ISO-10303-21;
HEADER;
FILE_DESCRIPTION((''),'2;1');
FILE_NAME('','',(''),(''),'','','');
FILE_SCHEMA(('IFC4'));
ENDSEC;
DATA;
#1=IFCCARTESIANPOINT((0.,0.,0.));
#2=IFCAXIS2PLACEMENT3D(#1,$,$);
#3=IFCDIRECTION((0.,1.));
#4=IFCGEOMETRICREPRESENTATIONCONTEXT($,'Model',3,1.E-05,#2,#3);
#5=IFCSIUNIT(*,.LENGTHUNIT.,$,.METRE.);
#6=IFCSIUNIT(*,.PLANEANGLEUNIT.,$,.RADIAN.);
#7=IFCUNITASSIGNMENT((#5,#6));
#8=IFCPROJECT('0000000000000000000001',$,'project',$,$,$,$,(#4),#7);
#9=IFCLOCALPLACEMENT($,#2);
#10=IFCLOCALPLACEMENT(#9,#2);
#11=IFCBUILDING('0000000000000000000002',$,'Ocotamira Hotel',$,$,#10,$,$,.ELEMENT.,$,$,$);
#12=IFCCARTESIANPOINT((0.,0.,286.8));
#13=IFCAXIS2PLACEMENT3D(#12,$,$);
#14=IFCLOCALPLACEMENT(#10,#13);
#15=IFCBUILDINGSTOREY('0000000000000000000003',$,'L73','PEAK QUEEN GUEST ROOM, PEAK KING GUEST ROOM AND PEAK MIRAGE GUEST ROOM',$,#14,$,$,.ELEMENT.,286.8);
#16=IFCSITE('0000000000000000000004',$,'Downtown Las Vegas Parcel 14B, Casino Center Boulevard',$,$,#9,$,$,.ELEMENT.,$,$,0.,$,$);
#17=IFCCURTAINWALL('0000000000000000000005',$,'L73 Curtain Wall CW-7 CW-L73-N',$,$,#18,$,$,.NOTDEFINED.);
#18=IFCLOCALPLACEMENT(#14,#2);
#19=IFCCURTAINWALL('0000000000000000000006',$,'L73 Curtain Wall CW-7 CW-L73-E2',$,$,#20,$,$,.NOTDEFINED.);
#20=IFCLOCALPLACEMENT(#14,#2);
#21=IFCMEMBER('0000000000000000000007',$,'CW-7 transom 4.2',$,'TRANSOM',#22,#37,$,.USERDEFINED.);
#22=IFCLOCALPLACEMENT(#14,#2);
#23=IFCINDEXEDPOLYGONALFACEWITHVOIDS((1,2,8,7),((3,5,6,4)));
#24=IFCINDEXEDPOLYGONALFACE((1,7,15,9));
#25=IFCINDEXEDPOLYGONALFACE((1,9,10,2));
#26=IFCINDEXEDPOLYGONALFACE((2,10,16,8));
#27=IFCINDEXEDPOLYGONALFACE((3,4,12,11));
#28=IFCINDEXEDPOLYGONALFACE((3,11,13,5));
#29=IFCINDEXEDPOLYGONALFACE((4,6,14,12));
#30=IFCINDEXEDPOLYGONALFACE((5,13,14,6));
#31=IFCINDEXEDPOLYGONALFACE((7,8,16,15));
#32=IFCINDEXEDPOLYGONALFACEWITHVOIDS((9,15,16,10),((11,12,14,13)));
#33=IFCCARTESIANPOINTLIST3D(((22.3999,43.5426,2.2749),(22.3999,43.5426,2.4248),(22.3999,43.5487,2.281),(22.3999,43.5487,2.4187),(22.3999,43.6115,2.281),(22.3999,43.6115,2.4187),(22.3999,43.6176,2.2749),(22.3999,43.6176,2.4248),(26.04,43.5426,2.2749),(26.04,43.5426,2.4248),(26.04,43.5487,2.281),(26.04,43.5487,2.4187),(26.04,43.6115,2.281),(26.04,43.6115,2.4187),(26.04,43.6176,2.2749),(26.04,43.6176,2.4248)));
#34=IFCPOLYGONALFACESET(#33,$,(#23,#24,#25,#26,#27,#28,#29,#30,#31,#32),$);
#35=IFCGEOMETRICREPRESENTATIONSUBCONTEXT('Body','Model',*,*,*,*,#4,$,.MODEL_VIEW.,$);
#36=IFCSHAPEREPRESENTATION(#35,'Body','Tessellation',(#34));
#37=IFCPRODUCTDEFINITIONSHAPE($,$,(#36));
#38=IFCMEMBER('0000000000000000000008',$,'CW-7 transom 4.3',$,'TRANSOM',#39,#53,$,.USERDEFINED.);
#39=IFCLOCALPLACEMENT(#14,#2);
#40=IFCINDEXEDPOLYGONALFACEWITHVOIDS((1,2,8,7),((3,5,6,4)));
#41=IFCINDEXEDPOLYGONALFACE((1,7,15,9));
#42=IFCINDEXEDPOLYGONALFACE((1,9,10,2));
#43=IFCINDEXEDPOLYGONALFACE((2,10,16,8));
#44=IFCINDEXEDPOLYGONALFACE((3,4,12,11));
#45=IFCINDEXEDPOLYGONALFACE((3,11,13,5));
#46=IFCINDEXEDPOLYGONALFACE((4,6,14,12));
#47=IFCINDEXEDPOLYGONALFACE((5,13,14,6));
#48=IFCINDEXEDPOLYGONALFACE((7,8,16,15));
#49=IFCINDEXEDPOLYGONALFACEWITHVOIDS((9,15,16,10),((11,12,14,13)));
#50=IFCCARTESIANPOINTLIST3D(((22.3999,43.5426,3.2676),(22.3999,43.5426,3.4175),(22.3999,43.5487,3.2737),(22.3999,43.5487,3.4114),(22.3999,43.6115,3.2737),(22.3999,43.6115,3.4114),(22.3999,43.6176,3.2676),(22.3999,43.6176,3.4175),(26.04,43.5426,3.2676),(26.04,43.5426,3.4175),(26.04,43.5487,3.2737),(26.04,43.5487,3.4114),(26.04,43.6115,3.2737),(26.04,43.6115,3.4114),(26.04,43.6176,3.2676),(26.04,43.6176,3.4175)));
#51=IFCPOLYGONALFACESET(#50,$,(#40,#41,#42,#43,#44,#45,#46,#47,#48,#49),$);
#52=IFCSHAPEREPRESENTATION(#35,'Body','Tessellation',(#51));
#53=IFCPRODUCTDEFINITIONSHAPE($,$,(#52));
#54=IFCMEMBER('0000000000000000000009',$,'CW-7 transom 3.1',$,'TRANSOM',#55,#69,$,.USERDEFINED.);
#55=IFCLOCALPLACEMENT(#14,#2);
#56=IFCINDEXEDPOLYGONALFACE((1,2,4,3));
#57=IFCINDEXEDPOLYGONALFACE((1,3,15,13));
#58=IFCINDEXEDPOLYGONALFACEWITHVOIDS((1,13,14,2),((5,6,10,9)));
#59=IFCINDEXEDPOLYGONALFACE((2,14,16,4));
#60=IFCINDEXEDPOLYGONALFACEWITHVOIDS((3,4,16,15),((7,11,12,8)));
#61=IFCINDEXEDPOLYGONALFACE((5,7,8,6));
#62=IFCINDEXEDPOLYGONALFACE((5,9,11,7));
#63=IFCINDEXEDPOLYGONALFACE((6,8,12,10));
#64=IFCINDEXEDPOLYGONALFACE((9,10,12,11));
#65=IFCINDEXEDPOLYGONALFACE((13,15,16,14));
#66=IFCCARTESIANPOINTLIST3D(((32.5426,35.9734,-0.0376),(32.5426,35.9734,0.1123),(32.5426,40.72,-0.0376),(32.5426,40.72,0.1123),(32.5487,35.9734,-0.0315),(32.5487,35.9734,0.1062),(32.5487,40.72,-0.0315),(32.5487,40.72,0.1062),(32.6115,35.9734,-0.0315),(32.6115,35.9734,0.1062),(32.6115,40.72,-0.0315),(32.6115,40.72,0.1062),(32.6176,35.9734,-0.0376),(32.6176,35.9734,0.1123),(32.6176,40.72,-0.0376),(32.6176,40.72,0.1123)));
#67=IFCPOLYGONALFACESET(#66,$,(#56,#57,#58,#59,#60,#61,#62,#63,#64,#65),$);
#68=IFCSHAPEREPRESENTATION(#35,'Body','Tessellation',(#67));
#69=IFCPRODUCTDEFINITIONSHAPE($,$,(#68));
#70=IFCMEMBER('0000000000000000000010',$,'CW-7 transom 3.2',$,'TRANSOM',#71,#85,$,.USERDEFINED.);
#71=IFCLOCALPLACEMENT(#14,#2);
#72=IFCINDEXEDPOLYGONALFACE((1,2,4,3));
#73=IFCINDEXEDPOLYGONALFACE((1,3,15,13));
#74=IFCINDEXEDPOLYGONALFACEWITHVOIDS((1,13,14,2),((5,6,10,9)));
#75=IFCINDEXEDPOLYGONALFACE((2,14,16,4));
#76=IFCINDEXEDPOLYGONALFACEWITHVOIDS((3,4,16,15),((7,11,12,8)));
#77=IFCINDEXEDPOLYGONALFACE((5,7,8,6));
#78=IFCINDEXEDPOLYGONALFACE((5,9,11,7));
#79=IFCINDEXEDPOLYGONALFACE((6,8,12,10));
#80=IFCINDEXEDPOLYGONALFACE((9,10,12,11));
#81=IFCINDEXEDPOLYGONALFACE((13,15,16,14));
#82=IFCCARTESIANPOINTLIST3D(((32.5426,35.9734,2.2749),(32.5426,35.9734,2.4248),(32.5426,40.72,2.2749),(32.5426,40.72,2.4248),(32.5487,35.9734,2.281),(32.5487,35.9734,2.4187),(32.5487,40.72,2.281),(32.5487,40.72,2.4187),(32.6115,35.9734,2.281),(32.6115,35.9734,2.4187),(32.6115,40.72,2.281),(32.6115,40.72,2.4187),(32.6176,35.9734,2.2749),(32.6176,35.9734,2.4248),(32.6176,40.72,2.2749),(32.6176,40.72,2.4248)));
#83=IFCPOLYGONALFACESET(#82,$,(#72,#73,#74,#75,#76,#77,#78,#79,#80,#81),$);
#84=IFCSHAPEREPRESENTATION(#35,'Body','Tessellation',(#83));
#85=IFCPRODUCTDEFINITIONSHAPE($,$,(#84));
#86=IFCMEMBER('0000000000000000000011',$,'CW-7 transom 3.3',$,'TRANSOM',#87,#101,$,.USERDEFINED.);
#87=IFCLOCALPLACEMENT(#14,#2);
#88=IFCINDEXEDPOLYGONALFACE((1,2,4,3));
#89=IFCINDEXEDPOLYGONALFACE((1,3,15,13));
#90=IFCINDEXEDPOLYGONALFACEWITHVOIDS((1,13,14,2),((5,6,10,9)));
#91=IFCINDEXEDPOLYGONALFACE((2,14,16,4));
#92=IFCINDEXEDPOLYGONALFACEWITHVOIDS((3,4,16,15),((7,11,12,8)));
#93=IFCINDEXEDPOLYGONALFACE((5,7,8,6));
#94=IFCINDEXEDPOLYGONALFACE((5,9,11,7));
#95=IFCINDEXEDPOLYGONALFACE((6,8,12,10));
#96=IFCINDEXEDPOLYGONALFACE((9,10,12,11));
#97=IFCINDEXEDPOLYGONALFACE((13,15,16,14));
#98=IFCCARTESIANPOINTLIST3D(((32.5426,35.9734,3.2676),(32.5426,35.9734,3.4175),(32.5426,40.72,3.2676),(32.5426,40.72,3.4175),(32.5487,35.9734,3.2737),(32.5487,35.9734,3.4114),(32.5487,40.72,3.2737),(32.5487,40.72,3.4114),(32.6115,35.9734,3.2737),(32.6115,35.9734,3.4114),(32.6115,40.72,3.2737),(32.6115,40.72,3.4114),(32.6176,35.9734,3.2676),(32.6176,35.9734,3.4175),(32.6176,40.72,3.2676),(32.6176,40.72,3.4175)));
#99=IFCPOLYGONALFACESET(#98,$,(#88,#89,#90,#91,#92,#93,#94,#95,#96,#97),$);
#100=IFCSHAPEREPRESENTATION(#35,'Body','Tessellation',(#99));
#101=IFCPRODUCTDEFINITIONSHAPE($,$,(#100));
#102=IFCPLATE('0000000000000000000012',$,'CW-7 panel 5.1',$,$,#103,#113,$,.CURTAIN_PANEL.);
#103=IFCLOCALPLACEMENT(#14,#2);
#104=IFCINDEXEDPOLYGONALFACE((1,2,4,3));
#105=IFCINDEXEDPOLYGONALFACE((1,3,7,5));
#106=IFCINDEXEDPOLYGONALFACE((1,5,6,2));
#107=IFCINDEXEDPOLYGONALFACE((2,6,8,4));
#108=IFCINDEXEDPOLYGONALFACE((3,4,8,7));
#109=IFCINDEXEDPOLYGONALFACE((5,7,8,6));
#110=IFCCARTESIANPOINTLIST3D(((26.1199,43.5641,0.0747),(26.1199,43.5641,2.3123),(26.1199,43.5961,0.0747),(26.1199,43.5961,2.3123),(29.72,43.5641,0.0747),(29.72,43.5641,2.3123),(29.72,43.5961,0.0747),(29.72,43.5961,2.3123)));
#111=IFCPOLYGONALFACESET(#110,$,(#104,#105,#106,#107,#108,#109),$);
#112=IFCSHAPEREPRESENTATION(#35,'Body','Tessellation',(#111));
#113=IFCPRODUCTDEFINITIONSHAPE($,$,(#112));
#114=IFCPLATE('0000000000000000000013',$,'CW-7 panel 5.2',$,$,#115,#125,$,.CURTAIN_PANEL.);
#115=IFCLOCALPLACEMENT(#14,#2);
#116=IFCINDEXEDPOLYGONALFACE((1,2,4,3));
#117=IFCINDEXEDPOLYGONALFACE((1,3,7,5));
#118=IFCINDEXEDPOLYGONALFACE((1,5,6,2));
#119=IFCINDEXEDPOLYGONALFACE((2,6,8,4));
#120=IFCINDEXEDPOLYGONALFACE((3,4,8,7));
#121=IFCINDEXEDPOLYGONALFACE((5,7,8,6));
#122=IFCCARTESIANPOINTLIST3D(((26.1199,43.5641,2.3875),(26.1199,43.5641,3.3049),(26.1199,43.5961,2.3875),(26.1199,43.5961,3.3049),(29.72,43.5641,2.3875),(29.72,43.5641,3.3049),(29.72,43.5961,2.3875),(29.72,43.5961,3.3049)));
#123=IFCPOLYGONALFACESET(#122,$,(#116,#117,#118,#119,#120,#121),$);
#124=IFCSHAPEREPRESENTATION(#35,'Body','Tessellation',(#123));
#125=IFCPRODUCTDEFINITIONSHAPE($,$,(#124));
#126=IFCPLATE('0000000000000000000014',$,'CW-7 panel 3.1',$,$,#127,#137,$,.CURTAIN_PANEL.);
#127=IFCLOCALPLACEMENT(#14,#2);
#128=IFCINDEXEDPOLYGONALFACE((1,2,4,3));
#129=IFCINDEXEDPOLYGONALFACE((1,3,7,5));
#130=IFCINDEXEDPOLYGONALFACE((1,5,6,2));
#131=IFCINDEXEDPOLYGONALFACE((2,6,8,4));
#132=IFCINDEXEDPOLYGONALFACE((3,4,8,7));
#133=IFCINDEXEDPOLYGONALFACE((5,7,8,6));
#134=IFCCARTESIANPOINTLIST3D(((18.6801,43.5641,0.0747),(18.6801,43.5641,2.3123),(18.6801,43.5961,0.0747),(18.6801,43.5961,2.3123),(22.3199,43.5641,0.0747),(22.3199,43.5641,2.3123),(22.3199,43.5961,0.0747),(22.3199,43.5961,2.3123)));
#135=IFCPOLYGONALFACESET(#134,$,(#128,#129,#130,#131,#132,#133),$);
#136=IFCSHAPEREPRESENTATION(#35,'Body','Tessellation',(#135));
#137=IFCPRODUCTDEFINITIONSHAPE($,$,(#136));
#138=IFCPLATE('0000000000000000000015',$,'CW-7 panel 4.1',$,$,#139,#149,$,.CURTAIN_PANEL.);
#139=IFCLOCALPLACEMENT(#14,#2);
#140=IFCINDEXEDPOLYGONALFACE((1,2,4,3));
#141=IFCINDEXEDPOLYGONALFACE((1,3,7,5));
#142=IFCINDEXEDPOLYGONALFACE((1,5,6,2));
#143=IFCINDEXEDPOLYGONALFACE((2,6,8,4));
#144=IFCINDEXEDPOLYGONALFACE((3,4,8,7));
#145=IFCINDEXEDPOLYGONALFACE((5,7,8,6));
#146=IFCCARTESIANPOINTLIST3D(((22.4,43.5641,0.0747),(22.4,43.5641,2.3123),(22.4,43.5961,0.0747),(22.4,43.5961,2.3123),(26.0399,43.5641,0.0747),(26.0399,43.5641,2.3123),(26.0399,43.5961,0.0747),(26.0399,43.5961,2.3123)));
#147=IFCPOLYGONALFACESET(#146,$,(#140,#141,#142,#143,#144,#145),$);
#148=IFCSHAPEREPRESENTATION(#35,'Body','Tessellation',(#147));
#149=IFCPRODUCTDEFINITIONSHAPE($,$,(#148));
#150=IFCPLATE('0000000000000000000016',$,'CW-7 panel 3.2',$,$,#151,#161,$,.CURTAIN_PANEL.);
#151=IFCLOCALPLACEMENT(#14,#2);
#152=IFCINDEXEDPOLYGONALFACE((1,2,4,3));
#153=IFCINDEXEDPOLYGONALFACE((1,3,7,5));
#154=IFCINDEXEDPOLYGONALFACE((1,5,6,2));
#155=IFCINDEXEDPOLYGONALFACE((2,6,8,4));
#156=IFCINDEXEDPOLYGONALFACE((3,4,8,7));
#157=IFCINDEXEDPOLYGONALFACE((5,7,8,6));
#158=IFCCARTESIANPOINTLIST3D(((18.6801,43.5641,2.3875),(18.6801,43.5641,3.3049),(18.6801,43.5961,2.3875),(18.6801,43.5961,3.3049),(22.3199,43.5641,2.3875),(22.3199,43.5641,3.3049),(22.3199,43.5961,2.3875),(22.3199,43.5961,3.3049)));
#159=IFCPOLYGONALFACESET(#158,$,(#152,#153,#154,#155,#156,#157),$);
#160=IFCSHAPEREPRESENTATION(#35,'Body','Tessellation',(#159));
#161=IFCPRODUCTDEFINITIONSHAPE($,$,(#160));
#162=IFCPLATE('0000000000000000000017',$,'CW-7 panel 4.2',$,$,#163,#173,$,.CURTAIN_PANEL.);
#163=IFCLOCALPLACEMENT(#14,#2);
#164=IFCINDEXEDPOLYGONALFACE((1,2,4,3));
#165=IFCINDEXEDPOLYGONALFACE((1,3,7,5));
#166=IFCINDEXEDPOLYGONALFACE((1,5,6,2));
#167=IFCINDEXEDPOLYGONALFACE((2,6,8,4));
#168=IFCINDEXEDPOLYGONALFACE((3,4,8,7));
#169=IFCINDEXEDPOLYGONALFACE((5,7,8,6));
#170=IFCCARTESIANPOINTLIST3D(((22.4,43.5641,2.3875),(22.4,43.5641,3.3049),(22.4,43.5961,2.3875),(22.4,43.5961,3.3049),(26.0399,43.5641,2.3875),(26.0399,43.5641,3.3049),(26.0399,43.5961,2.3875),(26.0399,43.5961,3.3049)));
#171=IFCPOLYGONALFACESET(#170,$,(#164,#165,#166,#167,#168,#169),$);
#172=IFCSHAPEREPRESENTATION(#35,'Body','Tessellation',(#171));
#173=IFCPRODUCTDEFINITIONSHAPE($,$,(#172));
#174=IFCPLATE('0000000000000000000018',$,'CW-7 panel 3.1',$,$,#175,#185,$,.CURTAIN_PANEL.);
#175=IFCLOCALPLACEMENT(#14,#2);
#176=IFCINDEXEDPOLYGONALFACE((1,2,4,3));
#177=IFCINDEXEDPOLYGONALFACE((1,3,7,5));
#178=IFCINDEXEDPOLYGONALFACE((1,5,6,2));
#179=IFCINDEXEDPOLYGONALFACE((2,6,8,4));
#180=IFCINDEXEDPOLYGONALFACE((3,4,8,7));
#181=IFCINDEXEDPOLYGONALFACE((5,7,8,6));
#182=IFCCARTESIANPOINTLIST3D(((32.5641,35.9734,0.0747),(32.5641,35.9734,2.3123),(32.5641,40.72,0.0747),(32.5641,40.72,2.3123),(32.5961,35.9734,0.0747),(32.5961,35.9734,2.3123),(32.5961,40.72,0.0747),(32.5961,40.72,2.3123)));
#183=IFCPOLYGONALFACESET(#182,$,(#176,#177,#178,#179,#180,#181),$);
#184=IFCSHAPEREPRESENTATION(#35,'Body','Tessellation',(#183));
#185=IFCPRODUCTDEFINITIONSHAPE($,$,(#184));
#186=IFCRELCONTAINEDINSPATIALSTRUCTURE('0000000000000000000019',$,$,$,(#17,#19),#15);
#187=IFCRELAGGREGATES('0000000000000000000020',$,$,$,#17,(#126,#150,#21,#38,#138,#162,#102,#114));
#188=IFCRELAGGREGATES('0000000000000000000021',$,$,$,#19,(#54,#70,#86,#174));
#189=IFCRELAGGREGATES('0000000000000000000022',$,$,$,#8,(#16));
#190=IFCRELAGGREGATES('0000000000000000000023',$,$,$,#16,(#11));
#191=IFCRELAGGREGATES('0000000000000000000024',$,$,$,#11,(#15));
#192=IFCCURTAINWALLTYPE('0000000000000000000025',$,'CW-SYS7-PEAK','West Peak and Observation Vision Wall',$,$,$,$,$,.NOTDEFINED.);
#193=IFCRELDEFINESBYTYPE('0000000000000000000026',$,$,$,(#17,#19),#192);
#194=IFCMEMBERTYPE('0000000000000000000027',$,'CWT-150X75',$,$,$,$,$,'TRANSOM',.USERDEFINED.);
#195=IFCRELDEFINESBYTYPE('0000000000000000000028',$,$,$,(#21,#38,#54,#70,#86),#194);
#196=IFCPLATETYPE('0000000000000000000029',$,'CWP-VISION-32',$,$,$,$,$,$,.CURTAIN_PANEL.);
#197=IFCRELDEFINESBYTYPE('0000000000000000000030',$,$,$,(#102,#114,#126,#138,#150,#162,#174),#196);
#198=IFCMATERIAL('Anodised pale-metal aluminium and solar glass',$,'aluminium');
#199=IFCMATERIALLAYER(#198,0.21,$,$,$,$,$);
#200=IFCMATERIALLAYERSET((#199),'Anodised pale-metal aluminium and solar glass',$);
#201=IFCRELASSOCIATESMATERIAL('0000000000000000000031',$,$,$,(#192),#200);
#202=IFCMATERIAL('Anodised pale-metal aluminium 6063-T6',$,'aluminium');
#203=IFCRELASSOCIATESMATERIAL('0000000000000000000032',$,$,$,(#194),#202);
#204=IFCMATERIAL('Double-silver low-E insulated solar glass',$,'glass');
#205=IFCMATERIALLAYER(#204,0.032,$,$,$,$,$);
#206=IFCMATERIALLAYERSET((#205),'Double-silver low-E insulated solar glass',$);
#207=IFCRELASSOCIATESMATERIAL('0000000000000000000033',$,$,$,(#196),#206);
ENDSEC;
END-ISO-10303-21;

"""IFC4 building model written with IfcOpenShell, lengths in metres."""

from ifc_helpers import new_model, si_unit, direction, frame, origin, origin_2d, place, context, subcontext, project, spatial, rectangle, hollow_rectangle, extrude, source, transform, mapped, material, layer, layer_set, material_profile, profile_set, type_object, element, aggregate, save


model = new_model("IFC4")

# Units and contexts
model_context = context("Model", 3, precision=1e-05, world=origin(), true_north=direction((0.0, 1.0)))
body_context = subcontext(model_context, "Body", "Model", "MODEL_VIEW")
ifc_project = project(units=[si_unit("LENGTHUNIT", "METRE"), si_unit("PLANEANGLEUNIT", "RADIAN")], contexts=[model_context])

# Site, building, storey
site_placement = place(None, origin())
site = spatial("IfcSite", under=ifc_project, at=site_placement, Name="Downtown Las Vegas Parcel 14B, Casino Center Boulevard", CompositionType="ELEMENT", RefElevation=0.0)
building_placement = place(site_placement, origin())
building = spatial("IfcBuilding", under=site, at=building_placement, Name="Ocotamira Hotel", CompositionType="ELEMENT")
storey_placement = place(building_placement, frame((0.0, 0.0, 286.8)))
storey = spatial("IfcBuildingStorey", under=building, at=storey_placement, Name="L73", Description="PEAK QUEEN GUEST ROOM, PEAK KING GUEST ROOM AND PEAK MIRAGE GUEST ROOM", CompositionType="ELEMENT", Elevation=286.8)

# Curtain walls
ifc_material_1 = material(Name="Anodised pale-metal aluminium and solar glass", Category="aluminium")
ifc_layer_1 = layer(ifc_material_1, 0.21)
ifc_layer_set_1 = layer_set([ifc_layer_1], Name="Anodised pale-metal aluminium and solar glass")
curtain_wall_type = type_object("IfcCurtainWallType", Name="CW-SYS7-PEAK", Description="West Peak and Observation Vision Wall", PredefinedType="NOTDEFINED", material=ifc_layer_set_1)
curtain_wall_1_placement = place(storey_placement, origin())
curtain_wall_1 = element("IfcCurtainWall", 1, at=curtain_wall_1_placement, inside=storey, type_object=curtain_wall_type, Name="L73 Curtain Wall CW-7 CW-L73-N", PredefinedType="NOTDEFINED")
ifc_material_2 = material(Name="Anodised pale-metal aluminium 6063-T6", Category="aluminium")
curtain_wall_2_placement = place(storey_placement, origin())
curtain_wall_2 = element("IfcCurtainWall", 2, at=curtain_wall_2_placement, inside=storey, type_object=curtain_wall_type, Name="L73 Curtain Wall CW-7 CW-L73-E2", PredefinedType="NOTDEFINED")

# Members
ifc_material_profile_1 = material_profile(ifc_material_2, hollow_rectangle(XDim=0.075, YDim=0.1499, WallThickness=0.0061, at=origin_2d()), Name="HSS150X75X6")
ifc_profile_set_1 = profile_set([ifc_material_profile_1], Name="Anodised pale-metal aluminium 6063-T6")
member_type_1 = type_object("IfcMemberType", Name="CWT-150X75", ElementType="TRANSOM", PredefinedType="USERDEFINED", material=ifc_profile_set_1)
shared_shape_1 = source(origin(), body_context, "Body", "SweptSolid", [
    extrude(hollow_rectangle(XDim=0.075, YDim=0.1499, WallThickness=0.0061, at=origin_2d()), origin(), (0.0, 0.0, 1.0), 3.6401),
])
member_1_placement = place(storey_placement, frame((22.3999, 43.5801, 2.3499), z_axis=(1.0, 0.0, 0.0), x_axis=(0.0, 1.0, 0.0)))
member_1 = element("IfcMember", 3, at=member_1_placement, type_object=member_type_1, Name="CW-7 transom 4.2", ObjectType="TRANSOM", PredefinedType="USERDEFINED", context=body_context, shape_type="MappedRepresentation", body=[
    mapped(shared_shape_1, transform((0.0, 0.0, 0.0), scale=1.0)),
])
member_2_placement = place(storey_placement, frame((22.3999, 43.5801, 3.3425), z_axis=(1.0, 0.0, 0.0), x_axis=(0.0, 1.0, 0.0)))
member_2 = element("IfcMember", 4, at=member_2_placement, type_object=member_type_1, Name="CW-7 transom 4.3", ObjectType="TRANSOM", PredefinedType="USERDEFINED", context=body_context, shape_type="MappedRepresentation", body=[
    mapped(shared_shape_1, transform((0.0, 0.0, 0.0), scale=1.0)),
])
shared_shape_2 = source(origin(), body_context, "Body", "SweptSolid", [
    extrude(hollow_rectangle(XDim=0.075, YDim=0.1499, WallThickness=0.0061, at=origin_2d()), origin(), (0.0, 0.0, 1.0), 4.7466),
])
member_3_placement = place(storey_placement, frame((32.5801, 35.9734, 0.0374), z_axis=(0.0, 1.0, 0.0), x_axis=(-1.0, 0.0, 0.0)))
member_3 = element("IfcMember", 5, at=member_3_placement, type_object=member_type_1, Name="CW-7 transom 3.1", ObjectType="TRANSOM", PredefinedType="USERDEFINED", context=body_context, shape_type="MappedRepresentation", body=[
    mapped(shared_shape_2, transform((0.0, 0.0, 0.0), scale=1.0)),
])
member_4_placement = place(storey_placement, frame((32.5801, 35.9734, 2.3499), z_axis=(0.0, 1.0, 0.0), x_axis=(-1.0, 0.0, 0.0)))
member_4 = element("IfcMember", 6, at=member_4_placement, type_object=member_type_1, Name="CW-7 transom 3.2", ObjectType="TRANSOM", PredefinedType="USERDEFINED", context=body_context, shape_type="MappedRepresentation", body=[
    mapped(shared_shape_2, transform((0.0, 0.0, 0.0), scale=1.0)),
])
member_5_placement = place(storey_placement, frame((32.5801, 35.9734, 3.3425), z_axis=(0.0, 1.0, 0.0), x_axis=(-1.0, 0.0, 0.0)))
member_5 = element("IfcMember", 7, at=member_5_placement, type_object=member_type_1, Name="CW-7 transom 3.3", ObjectType="TRANSOM", PredefinedType="USERDEFINED", context=body_context, shape_type="MappedRepresentation", body=[
    mapped(shared_shape_2, transform((0.0, 0.0, 0.0), scale=1.0)),
])

# Plates
ifc_material_3 = material(Name="Double-silver low-E insulated solar glass", Category="glass")
ifc_layer_2 = layer(ifc_material_3, 0.032)
ifc_layer_set_2 = layer_set([ifc_layer_2], Name="Double-silver low-E insulated solar glass")
plate_type = type_object("IfcPlateType", Name="CWP-VISION-32", PredefinedType="CURTAIN_PANEL", material=ifc_layer_set_2)
shared_shape_3 = source(origin(), body_context, "Body", "SweptSolid", [
    extrude(rectangle(XDim=3.6001, YDim=0.032, at=origin_2d()), origin(), (0.0, 0.0, 1.0), 2.2375),
])
plate_1_placement = place(storey_placement, frame((27.9199, 43.5801, 0.0747), z_axis=(0.0, 0.0, 1.0), x_axis=(1.0, 0.0, 0.0)))
plate_1 = element("IfcPlate", 8, at=plate_1_placement, type_object=plate_type, Name="CW-7 panel 5.1", PredefinedType="CURTAIN_PANEL", context=body_context, shape_type="MappedRepresentation", body=[
    mapped(shared_shape_3, transform((0.0, 0.0, 0.0), scale=1.0)),
])
shared_shape_4 = source(origin(), body_context, "Body", "SweptSolid", [
    extrude(rectangle(XDim=3.6001, YDim=0.032, at=origin_2d()), origin(), (0.0, 0.0, 1.0), 0.9175),
])
plate_2_placement = place(storey_placement, frame((27.9199, 43.5801, 2.3875), z_axis=(0.0, 0.0, 1.0), x_axis=(1.0, 0.0, 0.0)))
plate_2 = element("IfcPlate", 9, at=plate_2_placement, type_object=plate_type, Name="CW-7 panel 5.2", PredefinedType="CURTAIN_PANEL", context=body_context, shape_type="MappedRepresentation", body=[
    mapped(shared_shape_4, transform((0.0, 0.0, 0.0), scale=1.0)),
])
shared_shape_5 = source(origin(), body_context, "Body", "SweptSolid", [
    extrude(rectangle(XDim=3.6399, YDim=0.032, at=origin_2d()), origin(), (0.0, 0.0, 1.0), 2.2375),
])
plate_3_placement = place(storey_placement, frame((20.5, 43.5801, 0.0747), z_axis=(0.0, 0.0, 1.0), x_axis=(1.0, 0.0, 0.0)))
plate_3 = element("IfcPlate", 10, at=plate_3_placement, type_object=plate_type, Name="CW-7 panel 3.1", PredefinedType="CURTAIN_PANEL", context=body_context, shape_type="MappedRepresentation", body=[
    mapped(shared_shape_5, transform((0.0, 0.0, 0.0), scale=1.0)),
])
plate_4_placement = place(storey_placement, frame((24.22, 43.5801, 0.0747), z_axis=(0.0, 0.0, 1.0), x_axis=(1.0, 0.0, 0.0)))
plate_4 = element("IfcPlate", 11, at=plate_4_placement, type_object=plate_type, Name="CW-7 panel 4.1", PredefinedType="CURTAIN_PANEL", context=body_context, shape_type="MappedRepresentation", body=[
    mapped(shared_shape_5, transform((0.0, 0.0, 0.0), scale=1.0)),
])
shared_shape_6 = source(origin(), body_context, "Body", "SweptSolid", [
    extrude(rectangle(XDim=3.6399, YDim=0.032, at=origin_2d()), origin(), (0.0, 0.0, 1.0), 0.9175),
])
plate_5_placement = place(storey_placement, frame((20.5, 43.5801, 2.3875), z_axis=(0.0, 0.0, 1.0), x_axis=(1.0, 0.0, 0.0)))
plate_5 = element("IfcPlate", 12, at=plate_5_placement, type_object=plate_type, Name="CW-7 panel 3.2", PredefinedType="CURTAIN_PANEL", context=body_context, shape_type="MappedRepresentation", body=[
    mapped(shared_shape_6, transform((0.0, 0.0, 0.0), scale=1.0)),
])
plate_6_placement = place(storey_placement, frame((24.22, 43.5801, 2.3875), z_axis=(0.0, 0.0, 1.0), x_axis=(1.0, 0.0, 0.0)))
plate_6 = element("IfcPlate", 13, at=plate_6_placement, type_object=plate_type, Name="CW-7 panel 4.2", PredefinedType="CURTAIN_PANEL", context=body_context, shape_type="MappedRepresentation", body=[
    mapped(shared_shape_6, transform((0.0, 0.0, 0.0), scale=1.0)),
])
aggregate(curtain_wall_1, [plate_3, plate_5, member_1, member_2, plate_4, plate_6, plate_1, plate_2])
shared_shape_7 = source(origin(), body_context, "Body", "SweptSolid", [
    extrude(rectangle(XDim=4.7466, YDim=0.032, at=origin_2d()), origin(), (0.0, 0.0, 1.0), 2.2375),
])
plate_7_placement = place(storey_placement, frame((32.5801, 38.3467, 0.0747), z_axis=(0.0, 0.0, 1.0), x_axis=(0.0, 1.0, 0.0)))
plate_7 = element("IfcPlate", 14, at=plate_7_placement, type_object=plate_type, Name="CW-7 panel 3.1", PredefinedType="CURTAIN_PANEL", context=body_context, shape_type="MappedRepresentation", body=[
    mapped(shared_shape_7, transform((0.0, 0.0, 0.0), scale=1.0)),
])
aggregate(curtain_wall_2, [member_3, member_4, member_5, plate_7])

save(model, "model.ifc")
